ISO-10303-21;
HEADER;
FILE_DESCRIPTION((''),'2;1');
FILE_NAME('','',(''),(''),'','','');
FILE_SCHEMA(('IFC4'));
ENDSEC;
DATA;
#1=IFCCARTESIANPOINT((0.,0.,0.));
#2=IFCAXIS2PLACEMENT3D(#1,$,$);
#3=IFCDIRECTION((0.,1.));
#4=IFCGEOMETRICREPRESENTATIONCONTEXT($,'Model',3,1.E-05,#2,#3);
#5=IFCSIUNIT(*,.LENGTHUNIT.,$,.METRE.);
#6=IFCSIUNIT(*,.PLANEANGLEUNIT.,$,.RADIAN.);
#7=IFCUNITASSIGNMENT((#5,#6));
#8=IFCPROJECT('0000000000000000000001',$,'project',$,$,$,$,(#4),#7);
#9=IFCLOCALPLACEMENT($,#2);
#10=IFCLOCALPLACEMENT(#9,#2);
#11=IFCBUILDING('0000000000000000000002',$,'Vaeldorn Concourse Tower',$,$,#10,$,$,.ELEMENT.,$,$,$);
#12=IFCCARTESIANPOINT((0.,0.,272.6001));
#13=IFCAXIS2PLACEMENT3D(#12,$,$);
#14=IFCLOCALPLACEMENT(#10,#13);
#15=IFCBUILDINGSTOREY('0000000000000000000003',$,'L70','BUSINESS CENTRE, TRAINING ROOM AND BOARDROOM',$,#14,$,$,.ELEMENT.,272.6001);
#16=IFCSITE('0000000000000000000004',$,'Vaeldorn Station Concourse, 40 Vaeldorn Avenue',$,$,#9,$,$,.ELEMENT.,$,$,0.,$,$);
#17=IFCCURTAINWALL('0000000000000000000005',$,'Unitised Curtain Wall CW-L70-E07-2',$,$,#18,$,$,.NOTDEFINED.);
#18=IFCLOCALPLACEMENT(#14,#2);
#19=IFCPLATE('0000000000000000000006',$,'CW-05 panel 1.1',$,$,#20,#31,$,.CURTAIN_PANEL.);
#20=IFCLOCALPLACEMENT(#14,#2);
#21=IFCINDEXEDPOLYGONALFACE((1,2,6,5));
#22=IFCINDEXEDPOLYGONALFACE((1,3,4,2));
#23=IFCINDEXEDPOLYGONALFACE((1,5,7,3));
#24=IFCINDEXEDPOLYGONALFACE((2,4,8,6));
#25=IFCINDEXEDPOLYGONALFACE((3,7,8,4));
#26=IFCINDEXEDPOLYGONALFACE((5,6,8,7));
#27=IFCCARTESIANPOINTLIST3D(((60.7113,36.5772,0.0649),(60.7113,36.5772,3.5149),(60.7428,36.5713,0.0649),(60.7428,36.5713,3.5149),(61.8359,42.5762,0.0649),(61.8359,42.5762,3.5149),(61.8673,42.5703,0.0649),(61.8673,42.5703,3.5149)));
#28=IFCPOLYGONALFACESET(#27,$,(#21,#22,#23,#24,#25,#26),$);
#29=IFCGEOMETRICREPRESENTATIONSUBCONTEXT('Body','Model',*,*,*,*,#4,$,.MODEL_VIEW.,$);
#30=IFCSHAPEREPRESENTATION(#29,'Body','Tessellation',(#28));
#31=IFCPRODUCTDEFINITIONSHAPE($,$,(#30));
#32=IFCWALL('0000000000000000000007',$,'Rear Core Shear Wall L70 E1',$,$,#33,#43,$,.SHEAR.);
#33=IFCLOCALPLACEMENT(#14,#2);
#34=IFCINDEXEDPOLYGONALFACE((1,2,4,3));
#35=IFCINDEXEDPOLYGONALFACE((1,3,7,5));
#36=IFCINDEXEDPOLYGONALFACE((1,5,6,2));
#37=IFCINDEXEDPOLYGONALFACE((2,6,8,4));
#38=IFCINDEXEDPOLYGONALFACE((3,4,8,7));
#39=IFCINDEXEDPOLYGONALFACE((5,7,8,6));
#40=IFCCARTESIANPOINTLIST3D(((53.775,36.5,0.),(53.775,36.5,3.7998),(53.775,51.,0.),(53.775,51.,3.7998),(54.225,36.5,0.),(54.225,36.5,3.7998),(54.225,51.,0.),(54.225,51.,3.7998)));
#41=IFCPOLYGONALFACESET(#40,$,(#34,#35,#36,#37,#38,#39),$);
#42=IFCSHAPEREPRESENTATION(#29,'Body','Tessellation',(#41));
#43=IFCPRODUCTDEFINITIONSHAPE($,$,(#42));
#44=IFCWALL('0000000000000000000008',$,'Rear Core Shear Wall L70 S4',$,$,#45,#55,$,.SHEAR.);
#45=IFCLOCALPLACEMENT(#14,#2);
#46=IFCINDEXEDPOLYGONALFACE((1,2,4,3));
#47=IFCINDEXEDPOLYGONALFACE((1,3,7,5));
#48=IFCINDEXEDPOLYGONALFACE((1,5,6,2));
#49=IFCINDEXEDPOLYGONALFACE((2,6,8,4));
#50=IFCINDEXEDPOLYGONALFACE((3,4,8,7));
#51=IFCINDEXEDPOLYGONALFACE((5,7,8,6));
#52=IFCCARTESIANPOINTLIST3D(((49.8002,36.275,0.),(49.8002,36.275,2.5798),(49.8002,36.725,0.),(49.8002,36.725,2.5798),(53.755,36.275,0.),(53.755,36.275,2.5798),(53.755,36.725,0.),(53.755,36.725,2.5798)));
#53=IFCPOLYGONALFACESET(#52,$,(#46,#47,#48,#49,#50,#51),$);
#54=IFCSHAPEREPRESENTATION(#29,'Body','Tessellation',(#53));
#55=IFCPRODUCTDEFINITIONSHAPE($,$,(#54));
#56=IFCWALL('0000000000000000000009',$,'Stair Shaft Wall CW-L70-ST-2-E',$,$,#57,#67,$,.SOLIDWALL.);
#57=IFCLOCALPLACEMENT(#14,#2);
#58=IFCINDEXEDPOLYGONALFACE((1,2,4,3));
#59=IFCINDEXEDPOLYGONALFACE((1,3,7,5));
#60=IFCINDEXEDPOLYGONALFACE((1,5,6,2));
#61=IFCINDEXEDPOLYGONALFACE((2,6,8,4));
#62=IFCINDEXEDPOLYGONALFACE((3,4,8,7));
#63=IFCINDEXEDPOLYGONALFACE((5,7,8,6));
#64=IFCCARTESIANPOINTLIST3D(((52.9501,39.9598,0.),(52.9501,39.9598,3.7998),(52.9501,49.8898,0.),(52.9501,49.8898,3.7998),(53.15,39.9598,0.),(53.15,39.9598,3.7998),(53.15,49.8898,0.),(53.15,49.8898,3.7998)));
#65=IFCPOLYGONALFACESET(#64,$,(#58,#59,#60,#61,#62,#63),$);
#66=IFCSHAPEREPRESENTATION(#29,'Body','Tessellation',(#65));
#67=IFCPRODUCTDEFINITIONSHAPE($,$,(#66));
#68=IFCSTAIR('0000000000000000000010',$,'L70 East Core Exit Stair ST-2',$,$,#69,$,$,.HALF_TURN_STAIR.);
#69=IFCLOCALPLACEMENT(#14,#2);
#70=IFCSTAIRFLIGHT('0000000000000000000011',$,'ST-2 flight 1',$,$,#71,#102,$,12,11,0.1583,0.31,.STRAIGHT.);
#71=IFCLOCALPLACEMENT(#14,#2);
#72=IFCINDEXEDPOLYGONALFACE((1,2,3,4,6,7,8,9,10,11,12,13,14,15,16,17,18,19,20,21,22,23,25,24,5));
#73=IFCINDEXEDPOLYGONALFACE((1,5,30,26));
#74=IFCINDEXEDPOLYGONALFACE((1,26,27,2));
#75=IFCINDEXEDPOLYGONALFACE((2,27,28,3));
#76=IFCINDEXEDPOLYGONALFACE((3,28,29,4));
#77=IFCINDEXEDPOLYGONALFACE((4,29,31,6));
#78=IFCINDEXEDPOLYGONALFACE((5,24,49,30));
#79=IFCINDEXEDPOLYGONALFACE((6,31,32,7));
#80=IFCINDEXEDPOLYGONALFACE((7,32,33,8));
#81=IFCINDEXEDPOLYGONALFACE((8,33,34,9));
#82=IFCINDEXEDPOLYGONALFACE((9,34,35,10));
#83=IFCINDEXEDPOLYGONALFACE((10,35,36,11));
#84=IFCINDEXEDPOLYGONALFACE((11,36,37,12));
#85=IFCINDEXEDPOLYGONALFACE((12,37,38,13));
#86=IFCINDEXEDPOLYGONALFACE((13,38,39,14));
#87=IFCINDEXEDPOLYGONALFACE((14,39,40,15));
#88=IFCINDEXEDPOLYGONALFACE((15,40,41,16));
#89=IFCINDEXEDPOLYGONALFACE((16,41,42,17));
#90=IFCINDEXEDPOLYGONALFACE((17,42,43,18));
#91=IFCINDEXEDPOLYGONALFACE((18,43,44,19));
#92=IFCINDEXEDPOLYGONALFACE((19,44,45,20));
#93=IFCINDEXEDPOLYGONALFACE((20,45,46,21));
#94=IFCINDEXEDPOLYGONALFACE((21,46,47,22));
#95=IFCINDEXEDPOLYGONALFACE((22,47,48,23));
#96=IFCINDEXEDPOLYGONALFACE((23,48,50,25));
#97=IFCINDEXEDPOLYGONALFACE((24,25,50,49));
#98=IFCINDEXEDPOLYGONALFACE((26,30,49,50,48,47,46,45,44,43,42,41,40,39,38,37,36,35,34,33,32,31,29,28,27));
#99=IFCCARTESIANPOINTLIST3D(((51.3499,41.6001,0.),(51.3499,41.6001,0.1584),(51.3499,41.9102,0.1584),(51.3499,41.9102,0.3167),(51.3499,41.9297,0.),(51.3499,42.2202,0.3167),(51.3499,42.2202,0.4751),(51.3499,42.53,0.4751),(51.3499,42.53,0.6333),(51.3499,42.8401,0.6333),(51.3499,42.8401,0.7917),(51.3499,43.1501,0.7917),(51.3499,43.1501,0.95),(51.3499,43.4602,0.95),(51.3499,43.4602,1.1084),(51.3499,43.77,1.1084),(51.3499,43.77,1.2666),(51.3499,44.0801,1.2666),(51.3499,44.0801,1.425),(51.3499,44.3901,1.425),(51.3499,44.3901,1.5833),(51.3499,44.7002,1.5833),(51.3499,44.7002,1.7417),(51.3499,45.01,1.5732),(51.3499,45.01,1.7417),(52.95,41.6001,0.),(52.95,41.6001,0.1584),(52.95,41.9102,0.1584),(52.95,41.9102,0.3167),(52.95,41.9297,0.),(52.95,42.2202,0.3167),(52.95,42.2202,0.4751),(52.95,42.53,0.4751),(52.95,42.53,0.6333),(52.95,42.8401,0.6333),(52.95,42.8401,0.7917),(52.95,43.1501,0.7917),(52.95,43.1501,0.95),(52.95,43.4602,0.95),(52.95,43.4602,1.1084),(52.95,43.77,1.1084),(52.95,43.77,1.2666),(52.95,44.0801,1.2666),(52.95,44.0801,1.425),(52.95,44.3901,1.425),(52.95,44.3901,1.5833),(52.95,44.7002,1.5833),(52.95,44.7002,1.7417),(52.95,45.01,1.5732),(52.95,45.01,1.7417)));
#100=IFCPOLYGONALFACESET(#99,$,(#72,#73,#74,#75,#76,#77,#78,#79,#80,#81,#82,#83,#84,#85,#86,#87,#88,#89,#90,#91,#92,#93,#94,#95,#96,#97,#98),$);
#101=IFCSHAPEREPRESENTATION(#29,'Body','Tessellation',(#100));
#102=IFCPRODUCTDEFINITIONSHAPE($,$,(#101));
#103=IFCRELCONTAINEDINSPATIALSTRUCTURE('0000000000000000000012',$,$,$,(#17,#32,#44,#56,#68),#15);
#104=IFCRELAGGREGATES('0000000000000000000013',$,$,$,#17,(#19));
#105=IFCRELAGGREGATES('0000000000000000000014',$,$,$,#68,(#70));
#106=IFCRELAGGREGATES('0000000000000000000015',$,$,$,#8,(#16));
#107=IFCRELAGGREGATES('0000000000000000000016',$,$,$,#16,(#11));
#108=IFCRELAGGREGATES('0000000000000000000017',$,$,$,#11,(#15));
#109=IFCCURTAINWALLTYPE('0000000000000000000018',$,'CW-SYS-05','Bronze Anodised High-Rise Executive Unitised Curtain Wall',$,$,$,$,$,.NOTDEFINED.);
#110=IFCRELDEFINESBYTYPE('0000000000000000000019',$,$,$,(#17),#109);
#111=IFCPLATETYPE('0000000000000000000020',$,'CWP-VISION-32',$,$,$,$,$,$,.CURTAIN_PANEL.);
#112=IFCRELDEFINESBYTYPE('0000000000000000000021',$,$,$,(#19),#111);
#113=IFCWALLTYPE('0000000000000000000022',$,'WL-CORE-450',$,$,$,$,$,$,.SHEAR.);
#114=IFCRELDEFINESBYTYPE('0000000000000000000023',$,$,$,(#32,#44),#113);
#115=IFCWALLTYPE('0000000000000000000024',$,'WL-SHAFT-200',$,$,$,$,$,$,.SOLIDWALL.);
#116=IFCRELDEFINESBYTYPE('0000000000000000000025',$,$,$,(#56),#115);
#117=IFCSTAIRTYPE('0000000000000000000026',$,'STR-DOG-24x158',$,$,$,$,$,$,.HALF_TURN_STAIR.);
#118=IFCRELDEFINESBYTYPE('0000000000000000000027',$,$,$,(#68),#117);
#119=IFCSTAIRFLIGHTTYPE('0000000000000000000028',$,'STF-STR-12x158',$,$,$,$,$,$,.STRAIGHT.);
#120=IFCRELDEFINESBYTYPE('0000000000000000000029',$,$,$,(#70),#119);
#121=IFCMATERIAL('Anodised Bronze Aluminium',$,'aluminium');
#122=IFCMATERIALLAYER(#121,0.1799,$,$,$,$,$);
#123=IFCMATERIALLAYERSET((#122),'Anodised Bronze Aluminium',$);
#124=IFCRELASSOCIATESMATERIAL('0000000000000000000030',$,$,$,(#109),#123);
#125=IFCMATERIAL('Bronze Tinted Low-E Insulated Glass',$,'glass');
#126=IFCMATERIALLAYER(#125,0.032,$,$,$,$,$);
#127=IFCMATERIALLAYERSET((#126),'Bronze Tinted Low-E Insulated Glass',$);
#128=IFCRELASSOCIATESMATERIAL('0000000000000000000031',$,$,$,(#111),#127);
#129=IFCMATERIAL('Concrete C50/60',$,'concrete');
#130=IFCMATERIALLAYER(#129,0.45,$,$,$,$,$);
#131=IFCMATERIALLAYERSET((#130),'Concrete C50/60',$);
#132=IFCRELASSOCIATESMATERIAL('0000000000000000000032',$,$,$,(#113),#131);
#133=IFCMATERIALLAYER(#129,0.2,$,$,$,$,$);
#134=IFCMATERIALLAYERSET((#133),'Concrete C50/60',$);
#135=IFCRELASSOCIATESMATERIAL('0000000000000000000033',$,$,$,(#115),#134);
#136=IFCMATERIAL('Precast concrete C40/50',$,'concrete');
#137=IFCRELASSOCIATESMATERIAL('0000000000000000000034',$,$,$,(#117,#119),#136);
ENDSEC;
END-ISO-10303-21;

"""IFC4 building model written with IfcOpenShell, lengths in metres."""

from ifc_helpers import new_model, si_unit, direction, frame, frame_2d, origin, origin_2d, place, context, subcontext, project, spatial, polyline, rectangle, outline, extrude, source, transform, mapped, material, layer, layer_set, type_object, element, aggregate, save


model = new_model("IFC4")

# Units and contexts
model_context = context("Model", 3, precision=1e-05, world=origin(), true_north=direction((0.0, 1.0)))
body_context = subcontext(model_context, "Body", "Model", "MODEL_VIEW")
ifc_project = project(units=[si_unit("LENGTHUNIT", "METRE"), si_unit("PLANEANGLEUNIT", "RADIAN")], contexts=[model_context])

# Site, building, storey
site_placement = place(None, origin())
site = spatial("IfcSite", under=ifc_project, at=site_placement, Name="Vaeldorn Station Concourse, 40 Vaeldorn Avenue", CompositionType="ELEMENT", RefElevation=0.0)
building_placement = place(site_placement, origin())
building = spatial("IfcBuilding", under=site, at=building_placement, Name="Vaeldorn Concourse Tower", CompositionType="ELEMENT")
storey_placement = place(building_placement, frame((0.0, 0.0, 272.6001)))
storey = spatial("IfcBuildingStorey", under=building, at=storey_placement, Name="L70", Description="BUSINESS CENTRE, TRAINING ROOM AND BOARDROOM", CompositionType="ELEMENT", Elevation=272.6001)

# Shared definitions
ifc_material_1 = material(Name="Concrete C50/60", Category="concrete")

# Curtain wall, plate
ifc_material_2 = material(Name="Anodised Bronze Aluminium", Category="aluminium")
ifc_layer_1 = layer(ifc_material_2, 0.1799)
ifc_layer_set_1 = layer_set([ifc_layer_1], Name="Anodised Bronze Aluminium")
curtain_wall_type = type_object("IfcCurtainWallType", Name="CW-SYS-05", Description="Bronze Anodised High-Rise Executive Unitised Curtain Wall", PredefinedType="NOTDEFINED", material=ifc_layer_set_1)
curtain_wall_placement = place(storey_placement, origin())
curtain_wall = element("IfcCurtainWall", 1, at=curtain_wall_placement, inside=storey, type_object=curtain_wall_type, Name="Unitised Curtain Wall CW-L70-E07-2", PredefinedType="NOTDEFINED")
ifc_material_3 = material(Name="Bronze Tinted Low-E Insulated Glass", Category="glass")
ifc_layer_2 = layer(ifc_material_3, 0.032)
ifc_layer_set_2 = layer_set([ifc_layer_2], Name="Bronze Tinted Low-E Insulated Glass")
plate_type = type_object("IfcPlateType", Name="CWP-VISION-32", PredefinedType="CURTAIN_PANEL", material=ifc_layer_set_2)
shared_shape_1 = source(origin(), body_context, "Body", "SweptSolid", [
    extrude(rectangle(XDim=6.1035, YDim=0.032, at=origin_2d()), origin(), (0.0, 0.0, 1.0), 3.45),
])
plate_placement = place(storey_placement, frame((61.2893, 39.5737, 0.0649), z_axis=(0.0, 0.0, 1.0), x_axis=(0.184246, 0.98288, 0.0)))
plate = element("IfcPlate", 2, at=plate_placement, type_object=plate_type, Name="CW-05 panel 1.1", PredefinedType="CURTAIN_PANEL", context=body_context, shape_type="MappedRepresentation", body=[
    mapped(shared_shape_1, transform((0.0, 0.0, 0.0), scale=1.0)),
])
aggregate(curtain_wall, [plate])

# Walls
ifc_layer_3 = layer(ifc_material_1, 0.45)
ifc_layer_set_3 = layer_set([ifc_layer_3], Name="Concrete C50/60")
wall_type_1 = type_object("IfcWallType", Name="WL-CORE-450", PredefinedType="SHEAR", material=ifc_layer_set_3)
wall_1_placement = place(storey_placement, frame((54.0, 36.5, 0.0), z_axis=(0.0, 0.0, 1.0), x_axis=(0.0, 1.0, 0.0)))
element("IfcWall", 3, at=wall_1_placement, inside=storey, type_object=wall_type_1, Name="Rear Core Shear Wall L70 E1", PredefinedType="SHEAR", context=body_context, shape_type="SweptSolid", body=[
    extrude(rectangle(XDim=14.5, YDim=0.45, at=frame_2d((7.25, 0.0))), origin(), (0.0, 0.0, 1.0), 3.7998),
])
wall_2_placement = place(storey_placement, frame((49.8, 36.5, 0.0), z_axis=(0.0, 0.0, 1.0), x_axis=(1.0, 0.0, 0.0)))
element("IfcWall", 4, at=wall_2_placement, inside=storey, type_object=wall_type_1, Name="Rear Core Shear Wall L70 S4", PredefinedType="SHEAR", context=body_context, shape_type="SweptSolid", body=[
    extrude(rectangle(XDim=3.9548, YDim=0.45, at=frame_2d((1.9775, 0.0))), origin(), (0.0, 0.0, 1.0), 2.5798),
])
ifc_layer_4 = layer(ifc_material_1, 0.2)
ifc_layer_set_4 = layer_set([ifc_layer_4], Name="Concrete C50/60")
wall_type_2 = type_object("IfcWallType", Name="WL-SHAFT-200", PredefinedType="SOLIDWALL", material=ifc_layer_set_4)
wall_3_placement = place(storey_placement, frame((53.05, 39.96, 0.0), z_axis=(0.0, 0.0, 1.0), x_axis=(0.0, 1.0, 0.0)))
element("IfcWall", 5, at=wall_3_placement, inside=storey, type_object=wall_type_2, Name="Stair Shaft Wall CW-L70-ST-2-E", PredefinedType="SOLIDWALL", context=body_context, shape_type="SweptSolid", body=[
    extrude(rectangle(XDim=9.9299, YDim=0.2, at=frame_2d((4.9648, 0.0))), origin(), (0.0, 0.0, 1.0), 3.7998),
])

# Stair, stair flight
ifc_material_4 = material(Name="Precast concrete C40/50", Category="concrete")
stair_type = type_object("IfcStairType", Name="STR-DOG-24x158", PredefinedType="HALF_TURN_STAIR", material=ifc_material_4)
stair_placement = place(storey_placement, origin())
stair = element("IfcStair", 6, at=stair_placement, inside=storey, type_object=stair_type, Name="L70 East Core Exit Stair ST-2", PredefinedType="HALF_TURN_STAIR")
stair_flight_type = type_object("IfcStairFlightType", Name="STF-STR-12x158", PredefinedType="STRAIGHT", material=ifc_material_4)
stair_flight_placement = place(storey_placement, frame((52.1499, 41.6001, 0.0), z_axis=(0.0, 0.0, 1.0), x_axis=(0.0, 1.0, 0.0)))
stair_flight = element("IfcStairFlight", 7, at=stair_flight_placement, type_object=stair_flight_type, Name="ST-2 flight 1", NumberOfRisers=12, NumberOfTreads=11, PredefinedType="STRAIGHT", RiserHeight=0.1583, TreadLength=0.31, context=body_context, shape_type="SweptSolid", body=[
    extrude(outline(polyline([(0.0, 0.0), (0.0, 0.1584), (0.3101, 0.1584), (0.3101, 0.3167), (0.6201, 0.3167), (0.6201, 0.4751), (0.9299, 0.4751), (0.9299, 0.6333), (1.24, 0.6333), (1.24, 0.7917), (1.55, 0.7917), (1.55, 0.95), (1.8601, 0.95), (1.8601, 1.1084), (2.1699, 1.1084), (2.1699, 1.2666), (2.48, 1.2666), (2.48, 1.425), (2.79, 1.425), (2.79, 1.5833), (3.1001, 1.5833), (3.1001, 1.7417), (3.4099, 1.7417), (3.4099, 1.8999), (3.4099, 1.5732), (0.3296, 0.0), (0.0, 0.0)])), frame((0.0, 0.8, 0.0), z_axis=(0.0, -1.0, 0.0), x_axis=(1.0, 0.0, 0.0)), (0.0, 0.0, 1.0), 1.6001),
])
aggregate(stair, [stair_flight])

save(model, "model.ifc")
